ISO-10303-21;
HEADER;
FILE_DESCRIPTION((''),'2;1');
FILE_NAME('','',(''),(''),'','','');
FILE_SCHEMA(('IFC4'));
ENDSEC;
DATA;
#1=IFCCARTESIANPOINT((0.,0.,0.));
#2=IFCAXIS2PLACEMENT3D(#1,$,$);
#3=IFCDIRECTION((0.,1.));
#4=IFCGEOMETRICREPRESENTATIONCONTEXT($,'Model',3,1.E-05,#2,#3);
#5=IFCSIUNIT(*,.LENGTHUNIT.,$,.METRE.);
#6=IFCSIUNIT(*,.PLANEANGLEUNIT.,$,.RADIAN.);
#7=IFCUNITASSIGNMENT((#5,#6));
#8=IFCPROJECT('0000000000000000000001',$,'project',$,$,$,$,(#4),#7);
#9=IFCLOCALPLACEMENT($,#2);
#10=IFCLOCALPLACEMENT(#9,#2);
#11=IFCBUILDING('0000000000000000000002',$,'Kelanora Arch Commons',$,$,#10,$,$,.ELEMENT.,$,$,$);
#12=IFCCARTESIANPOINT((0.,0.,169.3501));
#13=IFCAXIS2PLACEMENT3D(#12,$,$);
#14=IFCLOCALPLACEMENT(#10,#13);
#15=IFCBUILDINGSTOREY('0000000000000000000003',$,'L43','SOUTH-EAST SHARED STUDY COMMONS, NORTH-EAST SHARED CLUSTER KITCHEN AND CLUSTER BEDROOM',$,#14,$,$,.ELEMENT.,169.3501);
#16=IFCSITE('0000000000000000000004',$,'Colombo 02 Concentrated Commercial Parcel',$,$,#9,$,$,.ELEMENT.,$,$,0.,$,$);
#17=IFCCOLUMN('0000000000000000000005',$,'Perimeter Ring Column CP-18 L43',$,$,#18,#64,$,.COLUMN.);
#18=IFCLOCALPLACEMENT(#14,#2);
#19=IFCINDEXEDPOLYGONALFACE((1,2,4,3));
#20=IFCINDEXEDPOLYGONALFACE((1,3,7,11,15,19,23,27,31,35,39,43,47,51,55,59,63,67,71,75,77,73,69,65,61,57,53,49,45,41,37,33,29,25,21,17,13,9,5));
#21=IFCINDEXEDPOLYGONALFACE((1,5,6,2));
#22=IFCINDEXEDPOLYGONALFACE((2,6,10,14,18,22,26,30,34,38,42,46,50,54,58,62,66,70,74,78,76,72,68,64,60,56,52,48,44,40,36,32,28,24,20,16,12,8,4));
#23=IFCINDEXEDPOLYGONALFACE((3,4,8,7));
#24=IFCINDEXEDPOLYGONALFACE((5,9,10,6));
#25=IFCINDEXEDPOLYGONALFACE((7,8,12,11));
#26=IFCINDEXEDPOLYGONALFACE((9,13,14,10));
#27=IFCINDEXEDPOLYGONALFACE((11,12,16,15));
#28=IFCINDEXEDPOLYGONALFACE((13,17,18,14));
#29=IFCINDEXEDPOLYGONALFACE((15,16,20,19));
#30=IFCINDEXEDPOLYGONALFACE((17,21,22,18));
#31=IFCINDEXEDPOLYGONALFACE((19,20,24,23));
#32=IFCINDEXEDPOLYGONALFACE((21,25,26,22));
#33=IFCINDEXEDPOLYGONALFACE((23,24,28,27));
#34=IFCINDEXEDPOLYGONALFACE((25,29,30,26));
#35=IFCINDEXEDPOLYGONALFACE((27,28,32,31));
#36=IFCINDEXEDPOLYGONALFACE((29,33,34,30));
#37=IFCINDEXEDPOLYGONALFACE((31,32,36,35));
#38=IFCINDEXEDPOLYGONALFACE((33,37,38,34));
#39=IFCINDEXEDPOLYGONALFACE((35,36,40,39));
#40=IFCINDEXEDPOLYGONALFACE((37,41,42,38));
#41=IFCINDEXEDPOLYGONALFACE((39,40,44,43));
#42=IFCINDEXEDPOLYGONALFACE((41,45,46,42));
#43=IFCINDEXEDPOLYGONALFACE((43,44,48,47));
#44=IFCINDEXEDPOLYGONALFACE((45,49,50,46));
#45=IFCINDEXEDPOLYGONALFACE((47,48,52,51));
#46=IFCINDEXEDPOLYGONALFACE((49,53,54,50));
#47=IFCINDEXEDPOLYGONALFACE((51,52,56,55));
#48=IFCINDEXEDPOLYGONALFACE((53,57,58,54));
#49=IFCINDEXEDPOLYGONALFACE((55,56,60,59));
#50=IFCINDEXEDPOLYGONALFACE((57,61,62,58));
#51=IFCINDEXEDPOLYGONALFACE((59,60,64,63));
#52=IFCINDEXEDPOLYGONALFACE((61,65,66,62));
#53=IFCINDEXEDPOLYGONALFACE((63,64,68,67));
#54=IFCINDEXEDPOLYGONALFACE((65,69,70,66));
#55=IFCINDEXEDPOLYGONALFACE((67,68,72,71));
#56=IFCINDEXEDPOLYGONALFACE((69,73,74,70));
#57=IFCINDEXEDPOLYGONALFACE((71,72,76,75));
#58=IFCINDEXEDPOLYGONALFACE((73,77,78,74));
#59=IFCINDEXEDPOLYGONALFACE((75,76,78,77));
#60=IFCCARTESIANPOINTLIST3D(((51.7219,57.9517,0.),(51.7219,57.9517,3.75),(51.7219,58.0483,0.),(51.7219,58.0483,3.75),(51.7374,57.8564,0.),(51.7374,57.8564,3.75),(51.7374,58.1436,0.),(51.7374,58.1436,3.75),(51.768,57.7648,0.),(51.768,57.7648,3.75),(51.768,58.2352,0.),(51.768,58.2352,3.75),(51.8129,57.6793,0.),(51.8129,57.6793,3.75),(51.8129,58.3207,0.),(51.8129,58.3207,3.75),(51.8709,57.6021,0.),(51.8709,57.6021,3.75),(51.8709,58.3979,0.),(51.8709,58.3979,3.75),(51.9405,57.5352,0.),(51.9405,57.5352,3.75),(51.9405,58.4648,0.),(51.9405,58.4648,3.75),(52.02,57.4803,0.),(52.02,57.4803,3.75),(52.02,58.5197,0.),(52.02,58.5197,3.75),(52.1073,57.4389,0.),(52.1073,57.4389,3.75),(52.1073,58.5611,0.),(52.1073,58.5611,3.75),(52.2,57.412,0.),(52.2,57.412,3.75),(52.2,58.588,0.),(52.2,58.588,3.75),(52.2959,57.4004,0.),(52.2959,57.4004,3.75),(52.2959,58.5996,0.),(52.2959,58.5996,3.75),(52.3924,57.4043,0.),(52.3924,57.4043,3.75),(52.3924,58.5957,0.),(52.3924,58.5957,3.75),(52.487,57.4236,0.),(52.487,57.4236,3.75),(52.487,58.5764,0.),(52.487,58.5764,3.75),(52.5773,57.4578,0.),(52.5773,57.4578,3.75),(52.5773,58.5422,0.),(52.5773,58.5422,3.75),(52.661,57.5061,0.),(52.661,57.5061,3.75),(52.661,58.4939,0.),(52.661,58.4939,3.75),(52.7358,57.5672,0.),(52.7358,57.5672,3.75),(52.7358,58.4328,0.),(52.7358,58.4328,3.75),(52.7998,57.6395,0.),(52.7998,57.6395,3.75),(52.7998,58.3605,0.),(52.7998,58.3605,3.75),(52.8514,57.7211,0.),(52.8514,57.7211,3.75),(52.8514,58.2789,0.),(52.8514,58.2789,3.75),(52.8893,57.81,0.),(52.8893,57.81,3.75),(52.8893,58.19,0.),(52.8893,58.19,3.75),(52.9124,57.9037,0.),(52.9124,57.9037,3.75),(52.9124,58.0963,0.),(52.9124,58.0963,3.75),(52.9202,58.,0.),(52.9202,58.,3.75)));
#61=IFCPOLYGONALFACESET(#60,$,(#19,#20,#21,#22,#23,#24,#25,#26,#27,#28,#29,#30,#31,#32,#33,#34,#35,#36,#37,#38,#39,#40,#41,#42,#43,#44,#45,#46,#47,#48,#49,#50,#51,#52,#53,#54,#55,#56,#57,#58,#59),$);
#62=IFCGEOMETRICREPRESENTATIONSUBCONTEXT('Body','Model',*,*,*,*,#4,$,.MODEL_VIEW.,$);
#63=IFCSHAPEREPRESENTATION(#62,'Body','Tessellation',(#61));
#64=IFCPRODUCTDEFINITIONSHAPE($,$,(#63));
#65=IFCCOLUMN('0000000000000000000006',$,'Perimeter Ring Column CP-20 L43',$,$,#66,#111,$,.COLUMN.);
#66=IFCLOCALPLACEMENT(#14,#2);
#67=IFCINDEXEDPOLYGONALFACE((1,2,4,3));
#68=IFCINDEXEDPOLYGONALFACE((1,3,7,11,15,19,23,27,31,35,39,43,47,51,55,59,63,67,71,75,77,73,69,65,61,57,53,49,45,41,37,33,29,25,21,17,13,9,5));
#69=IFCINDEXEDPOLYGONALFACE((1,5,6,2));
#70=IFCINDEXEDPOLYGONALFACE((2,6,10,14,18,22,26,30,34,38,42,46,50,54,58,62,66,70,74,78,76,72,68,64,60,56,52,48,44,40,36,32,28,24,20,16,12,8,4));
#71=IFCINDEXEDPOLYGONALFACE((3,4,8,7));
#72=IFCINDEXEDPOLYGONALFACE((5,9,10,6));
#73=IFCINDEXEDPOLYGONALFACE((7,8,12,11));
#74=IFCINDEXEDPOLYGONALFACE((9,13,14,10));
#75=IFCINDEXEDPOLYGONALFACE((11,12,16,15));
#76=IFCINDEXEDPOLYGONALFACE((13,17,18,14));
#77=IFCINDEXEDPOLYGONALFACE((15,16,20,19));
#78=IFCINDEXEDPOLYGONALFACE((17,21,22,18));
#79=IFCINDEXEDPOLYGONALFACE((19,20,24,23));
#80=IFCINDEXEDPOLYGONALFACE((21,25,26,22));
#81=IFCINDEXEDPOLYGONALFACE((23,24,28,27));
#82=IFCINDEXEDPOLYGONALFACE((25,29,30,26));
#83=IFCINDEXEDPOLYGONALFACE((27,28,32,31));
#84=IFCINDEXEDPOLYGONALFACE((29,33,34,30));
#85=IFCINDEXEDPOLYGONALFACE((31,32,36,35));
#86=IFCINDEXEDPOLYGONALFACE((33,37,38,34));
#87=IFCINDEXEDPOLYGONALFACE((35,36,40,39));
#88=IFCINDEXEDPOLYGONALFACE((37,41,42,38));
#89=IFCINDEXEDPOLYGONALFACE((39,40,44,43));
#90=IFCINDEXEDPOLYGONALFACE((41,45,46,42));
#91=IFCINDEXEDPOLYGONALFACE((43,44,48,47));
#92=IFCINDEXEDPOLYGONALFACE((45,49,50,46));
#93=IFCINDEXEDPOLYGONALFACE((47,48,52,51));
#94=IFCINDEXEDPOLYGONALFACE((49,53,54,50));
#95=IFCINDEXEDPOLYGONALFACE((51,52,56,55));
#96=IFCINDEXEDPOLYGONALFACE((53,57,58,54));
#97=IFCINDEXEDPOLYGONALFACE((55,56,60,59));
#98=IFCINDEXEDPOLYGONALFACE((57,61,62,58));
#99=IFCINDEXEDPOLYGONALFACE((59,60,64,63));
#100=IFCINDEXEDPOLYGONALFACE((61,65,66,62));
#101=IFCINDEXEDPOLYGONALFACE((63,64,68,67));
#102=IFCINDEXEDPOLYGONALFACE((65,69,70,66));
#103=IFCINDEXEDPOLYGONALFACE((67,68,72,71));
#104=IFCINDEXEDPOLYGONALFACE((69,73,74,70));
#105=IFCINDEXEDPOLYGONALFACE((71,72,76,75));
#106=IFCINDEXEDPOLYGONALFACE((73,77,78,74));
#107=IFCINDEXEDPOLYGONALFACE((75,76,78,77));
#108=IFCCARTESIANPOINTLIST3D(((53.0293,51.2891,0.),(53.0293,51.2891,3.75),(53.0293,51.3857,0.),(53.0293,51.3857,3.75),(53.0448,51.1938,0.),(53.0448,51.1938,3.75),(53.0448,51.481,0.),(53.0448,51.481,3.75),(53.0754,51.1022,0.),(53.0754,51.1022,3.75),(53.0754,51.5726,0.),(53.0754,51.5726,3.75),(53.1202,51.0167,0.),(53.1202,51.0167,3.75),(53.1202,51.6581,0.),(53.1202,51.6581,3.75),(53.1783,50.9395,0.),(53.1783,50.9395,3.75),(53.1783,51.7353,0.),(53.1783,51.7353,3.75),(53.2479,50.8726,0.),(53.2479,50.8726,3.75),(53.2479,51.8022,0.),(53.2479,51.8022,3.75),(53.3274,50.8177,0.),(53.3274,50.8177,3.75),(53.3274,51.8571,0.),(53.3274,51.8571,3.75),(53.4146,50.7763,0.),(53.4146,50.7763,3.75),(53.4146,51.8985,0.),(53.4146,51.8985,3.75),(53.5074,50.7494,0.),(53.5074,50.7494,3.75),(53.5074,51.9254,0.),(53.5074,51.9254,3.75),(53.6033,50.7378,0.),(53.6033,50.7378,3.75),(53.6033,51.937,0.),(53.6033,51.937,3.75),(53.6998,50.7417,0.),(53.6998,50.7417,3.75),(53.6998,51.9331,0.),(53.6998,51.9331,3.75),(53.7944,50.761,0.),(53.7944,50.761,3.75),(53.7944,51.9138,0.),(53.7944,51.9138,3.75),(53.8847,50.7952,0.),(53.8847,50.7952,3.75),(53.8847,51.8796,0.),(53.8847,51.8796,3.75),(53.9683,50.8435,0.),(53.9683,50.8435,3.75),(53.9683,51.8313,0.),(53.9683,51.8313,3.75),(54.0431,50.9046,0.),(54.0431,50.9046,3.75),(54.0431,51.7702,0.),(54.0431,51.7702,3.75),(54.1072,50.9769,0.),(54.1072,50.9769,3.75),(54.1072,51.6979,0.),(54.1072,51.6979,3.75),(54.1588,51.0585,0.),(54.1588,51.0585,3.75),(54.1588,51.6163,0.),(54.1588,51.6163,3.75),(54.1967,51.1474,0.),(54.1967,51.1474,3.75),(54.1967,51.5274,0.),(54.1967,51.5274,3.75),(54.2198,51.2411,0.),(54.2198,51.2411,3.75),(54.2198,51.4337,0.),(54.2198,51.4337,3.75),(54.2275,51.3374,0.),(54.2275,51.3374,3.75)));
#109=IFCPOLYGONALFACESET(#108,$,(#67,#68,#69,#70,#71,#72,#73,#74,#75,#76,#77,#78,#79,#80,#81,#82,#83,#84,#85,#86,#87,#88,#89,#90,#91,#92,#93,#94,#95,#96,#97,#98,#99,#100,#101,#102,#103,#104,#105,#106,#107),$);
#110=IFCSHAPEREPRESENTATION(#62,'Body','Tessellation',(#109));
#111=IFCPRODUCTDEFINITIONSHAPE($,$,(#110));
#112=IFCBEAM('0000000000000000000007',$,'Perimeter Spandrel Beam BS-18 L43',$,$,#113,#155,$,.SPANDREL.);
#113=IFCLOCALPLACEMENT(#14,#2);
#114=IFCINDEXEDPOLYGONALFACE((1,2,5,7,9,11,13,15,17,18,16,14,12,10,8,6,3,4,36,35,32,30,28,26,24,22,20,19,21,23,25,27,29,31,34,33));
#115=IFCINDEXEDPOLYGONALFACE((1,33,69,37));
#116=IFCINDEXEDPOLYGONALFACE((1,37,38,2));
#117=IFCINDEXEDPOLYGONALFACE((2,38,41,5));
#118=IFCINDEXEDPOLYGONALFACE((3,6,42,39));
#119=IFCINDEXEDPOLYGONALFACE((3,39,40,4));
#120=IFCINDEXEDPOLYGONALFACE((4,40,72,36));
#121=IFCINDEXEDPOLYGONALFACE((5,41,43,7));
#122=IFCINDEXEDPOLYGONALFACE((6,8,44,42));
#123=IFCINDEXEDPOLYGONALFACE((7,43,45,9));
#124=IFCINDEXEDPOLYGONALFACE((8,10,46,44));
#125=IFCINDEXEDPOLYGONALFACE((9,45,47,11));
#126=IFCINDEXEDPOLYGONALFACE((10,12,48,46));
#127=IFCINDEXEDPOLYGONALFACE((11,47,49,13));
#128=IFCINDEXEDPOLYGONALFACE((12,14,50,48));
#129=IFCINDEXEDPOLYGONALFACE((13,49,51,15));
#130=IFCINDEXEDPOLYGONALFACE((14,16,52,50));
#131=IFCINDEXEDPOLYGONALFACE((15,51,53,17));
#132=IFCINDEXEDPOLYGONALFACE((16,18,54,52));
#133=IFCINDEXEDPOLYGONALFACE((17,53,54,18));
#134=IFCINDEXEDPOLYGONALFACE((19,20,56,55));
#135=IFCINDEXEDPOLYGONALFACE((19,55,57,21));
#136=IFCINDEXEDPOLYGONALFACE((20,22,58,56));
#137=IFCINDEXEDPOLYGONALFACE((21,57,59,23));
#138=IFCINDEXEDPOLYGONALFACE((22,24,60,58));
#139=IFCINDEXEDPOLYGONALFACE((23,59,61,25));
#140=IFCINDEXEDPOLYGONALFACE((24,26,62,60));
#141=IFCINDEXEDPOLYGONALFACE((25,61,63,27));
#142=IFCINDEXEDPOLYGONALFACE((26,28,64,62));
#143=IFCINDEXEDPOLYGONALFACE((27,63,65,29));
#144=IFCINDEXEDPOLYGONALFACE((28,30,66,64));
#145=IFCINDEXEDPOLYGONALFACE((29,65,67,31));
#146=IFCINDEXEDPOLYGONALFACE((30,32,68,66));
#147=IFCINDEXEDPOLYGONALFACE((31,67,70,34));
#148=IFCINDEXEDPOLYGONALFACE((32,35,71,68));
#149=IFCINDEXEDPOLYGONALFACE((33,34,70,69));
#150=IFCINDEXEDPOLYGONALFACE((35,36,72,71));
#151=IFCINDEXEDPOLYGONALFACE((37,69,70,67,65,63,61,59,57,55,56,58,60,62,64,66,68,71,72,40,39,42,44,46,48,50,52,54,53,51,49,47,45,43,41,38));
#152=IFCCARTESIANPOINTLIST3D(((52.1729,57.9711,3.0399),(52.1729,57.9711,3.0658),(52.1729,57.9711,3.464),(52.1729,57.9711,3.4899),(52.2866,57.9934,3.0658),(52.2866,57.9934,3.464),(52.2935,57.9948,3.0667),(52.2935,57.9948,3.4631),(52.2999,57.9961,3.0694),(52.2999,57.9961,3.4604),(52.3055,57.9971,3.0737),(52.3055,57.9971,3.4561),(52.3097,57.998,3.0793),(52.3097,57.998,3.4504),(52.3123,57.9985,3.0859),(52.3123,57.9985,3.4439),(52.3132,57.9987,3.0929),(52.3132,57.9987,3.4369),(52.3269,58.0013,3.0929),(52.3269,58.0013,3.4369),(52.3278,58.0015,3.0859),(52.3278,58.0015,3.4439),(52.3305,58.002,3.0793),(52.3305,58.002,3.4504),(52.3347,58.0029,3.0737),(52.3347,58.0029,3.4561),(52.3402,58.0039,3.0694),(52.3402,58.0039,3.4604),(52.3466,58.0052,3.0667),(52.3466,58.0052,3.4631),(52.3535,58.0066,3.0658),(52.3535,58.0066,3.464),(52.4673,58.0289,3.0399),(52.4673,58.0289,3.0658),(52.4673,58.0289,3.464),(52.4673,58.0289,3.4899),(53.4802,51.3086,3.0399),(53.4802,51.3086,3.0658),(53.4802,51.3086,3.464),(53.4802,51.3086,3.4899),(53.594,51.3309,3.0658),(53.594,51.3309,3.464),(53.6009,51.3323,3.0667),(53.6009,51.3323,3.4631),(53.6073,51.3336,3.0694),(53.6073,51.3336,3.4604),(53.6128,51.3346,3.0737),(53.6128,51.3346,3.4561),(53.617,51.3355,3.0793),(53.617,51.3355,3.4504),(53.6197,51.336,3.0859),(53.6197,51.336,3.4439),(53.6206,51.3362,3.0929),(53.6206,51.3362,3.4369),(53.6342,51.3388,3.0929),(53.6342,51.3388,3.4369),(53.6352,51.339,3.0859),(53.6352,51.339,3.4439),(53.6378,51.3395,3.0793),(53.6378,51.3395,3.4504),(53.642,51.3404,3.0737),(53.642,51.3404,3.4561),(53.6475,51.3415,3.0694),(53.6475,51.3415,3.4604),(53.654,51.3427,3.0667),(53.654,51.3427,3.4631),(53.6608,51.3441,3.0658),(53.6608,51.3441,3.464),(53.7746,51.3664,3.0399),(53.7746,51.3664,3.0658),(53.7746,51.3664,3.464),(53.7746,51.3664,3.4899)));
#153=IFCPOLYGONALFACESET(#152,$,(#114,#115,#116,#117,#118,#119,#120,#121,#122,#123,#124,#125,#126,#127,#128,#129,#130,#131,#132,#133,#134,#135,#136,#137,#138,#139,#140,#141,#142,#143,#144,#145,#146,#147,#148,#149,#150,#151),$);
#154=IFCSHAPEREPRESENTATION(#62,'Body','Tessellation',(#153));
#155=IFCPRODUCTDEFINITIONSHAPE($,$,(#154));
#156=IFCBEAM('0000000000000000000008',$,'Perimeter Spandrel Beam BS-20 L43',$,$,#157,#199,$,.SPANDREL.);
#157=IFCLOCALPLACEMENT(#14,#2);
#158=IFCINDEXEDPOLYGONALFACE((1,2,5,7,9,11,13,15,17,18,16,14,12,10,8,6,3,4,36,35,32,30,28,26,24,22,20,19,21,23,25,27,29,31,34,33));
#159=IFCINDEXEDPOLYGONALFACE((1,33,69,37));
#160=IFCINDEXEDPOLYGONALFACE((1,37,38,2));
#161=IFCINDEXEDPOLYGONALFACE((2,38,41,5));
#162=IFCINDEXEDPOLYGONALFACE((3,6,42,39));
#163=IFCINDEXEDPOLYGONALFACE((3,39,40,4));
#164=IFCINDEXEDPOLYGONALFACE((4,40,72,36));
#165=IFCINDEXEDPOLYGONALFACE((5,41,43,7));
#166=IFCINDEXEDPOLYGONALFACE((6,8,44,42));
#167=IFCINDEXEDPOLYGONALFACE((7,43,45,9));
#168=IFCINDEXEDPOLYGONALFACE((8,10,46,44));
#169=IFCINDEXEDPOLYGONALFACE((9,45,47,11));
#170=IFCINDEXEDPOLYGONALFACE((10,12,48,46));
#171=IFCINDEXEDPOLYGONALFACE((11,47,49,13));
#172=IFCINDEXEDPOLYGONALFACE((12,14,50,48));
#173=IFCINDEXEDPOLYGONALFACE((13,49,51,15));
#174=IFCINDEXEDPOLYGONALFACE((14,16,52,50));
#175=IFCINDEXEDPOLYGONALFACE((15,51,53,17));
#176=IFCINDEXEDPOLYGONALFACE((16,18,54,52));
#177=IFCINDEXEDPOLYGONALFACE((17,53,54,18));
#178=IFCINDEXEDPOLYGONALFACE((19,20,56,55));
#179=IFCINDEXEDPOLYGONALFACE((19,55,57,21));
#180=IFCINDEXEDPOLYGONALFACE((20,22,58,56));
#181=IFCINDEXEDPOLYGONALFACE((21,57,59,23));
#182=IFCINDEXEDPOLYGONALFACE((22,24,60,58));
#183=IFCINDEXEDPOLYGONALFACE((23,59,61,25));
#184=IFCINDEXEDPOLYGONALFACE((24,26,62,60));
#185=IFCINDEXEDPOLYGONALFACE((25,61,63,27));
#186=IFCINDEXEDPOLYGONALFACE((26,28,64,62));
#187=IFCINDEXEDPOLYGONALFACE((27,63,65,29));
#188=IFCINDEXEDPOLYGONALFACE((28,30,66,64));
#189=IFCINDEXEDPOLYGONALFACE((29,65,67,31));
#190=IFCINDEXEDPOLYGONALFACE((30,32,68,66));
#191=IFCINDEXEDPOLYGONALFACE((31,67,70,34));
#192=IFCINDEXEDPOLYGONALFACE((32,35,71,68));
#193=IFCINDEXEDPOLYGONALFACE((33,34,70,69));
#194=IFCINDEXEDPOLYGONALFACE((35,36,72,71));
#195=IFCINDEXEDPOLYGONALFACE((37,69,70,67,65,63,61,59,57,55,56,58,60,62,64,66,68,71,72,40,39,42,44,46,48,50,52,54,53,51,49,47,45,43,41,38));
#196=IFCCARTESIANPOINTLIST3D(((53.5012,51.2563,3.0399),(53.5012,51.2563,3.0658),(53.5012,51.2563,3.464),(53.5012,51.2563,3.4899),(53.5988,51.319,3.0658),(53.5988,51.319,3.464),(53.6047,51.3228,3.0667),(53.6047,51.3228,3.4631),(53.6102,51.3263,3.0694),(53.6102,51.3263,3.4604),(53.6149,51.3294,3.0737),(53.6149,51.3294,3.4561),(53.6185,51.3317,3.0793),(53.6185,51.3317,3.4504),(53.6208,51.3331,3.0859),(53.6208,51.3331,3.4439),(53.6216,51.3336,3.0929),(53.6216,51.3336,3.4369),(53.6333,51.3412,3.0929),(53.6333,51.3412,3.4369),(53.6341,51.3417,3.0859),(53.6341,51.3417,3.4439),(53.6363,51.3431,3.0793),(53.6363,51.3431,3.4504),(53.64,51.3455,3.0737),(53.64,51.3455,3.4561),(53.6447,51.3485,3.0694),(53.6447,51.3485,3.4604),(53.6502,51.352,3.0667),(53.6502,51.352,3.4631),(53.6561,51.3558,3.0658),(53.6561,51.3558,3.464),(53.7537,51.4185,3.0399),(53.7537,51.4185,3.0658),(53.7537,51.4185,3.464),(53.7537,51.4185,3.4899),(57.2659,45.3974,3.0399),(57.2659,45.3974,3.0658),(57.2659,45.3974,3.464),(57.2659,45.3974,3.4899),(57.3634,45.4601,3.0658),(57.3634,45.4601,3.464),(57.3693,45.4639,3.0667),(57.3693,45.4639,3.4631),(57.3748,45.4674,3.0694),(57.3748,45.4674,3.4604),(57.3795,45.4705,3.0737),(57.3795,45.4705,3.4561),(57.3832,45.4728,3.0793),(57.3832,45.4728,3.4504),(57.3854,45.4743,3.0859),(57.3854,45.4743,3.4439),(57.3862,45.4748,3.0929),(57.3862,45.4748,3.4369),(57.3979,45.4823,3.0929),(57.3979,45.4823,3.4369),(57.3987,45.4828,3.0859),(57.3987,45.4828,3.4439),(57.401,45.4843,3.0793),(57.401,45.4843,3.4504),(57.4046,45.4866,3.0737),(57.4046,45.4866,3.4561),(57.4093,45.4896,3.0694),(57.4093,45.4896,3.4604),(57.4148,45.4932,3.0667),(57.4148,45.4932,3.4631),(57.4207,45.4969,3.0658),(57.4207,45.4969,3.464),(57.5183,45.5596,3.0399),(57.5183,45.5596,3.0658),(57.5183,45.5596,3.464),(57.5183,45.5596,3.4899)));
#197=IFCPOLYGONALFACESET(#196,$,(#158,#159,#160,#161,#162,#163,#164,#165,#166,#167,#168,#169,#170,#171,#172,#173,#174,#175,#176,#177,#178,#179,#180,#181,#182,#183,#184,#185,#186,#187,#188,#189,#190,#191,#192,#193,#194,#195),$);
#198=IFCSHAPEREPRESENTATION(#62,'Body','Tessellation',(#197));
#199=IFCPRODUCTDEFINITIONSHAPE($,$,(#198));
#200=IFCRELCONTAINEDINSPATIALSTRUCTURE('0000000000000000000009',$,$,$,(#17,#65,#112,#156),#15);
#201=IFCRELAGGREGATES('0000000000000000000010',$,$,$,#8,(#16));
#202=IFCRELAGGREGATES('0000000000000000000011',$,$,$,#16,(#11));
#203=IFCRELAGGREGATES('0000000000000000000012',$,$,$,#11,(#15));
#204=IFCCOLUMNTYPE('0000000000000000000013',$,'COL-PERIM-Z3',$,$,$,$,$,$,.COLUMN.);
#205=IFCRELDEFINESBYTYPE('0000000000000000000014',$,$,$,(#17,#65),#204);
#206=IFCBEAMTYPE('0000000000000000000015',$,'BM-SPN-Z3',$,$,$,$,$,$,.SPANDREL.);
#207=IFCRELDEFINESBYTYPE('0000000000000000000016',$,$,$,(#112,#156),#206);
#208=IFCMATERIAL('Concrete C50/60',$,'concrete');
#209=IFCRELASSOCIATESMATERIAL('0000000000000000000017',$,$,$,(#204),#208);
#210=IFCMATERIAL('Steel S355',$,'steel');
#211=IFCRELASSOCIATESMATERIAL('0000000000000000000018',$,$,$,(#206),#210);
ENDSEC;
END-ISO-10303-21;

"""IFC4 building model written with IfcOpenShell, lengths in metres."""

from ifc_helpers import new_model, si_unit, direction, frame, origin, origin_2d, place, context, subcontext, project, spatial, circle, i_section, extrude, material, material_profile, profile_set, type_object, element, save


model = new_model("IFC4")

# Units and contexts
model_context = context("Model", 3, precision=1e-05, world=origin(), true_north=direction((0.0, 1.0)))
body_context = subcontext(model_context, "Body", "Model", "MODEL_VIEW")
ifc_project = project(units=[si_unit("LENGTHUNIT", "METRE"), si_unit("PLANEANGLEUNIT", "RADIAN")], contexts=[model_context])

# Site, building, storey
site_placement = place(None, origin())
site = spatial("IfcSite", under=ifc_project, at=site_placement, Name="Colombo 02 Concentrated Commercial Parcel", CompositionType="ELEMENT", RefElevation=0.0)
building_placement = place(site_placement, origin())
building = spatial("IfcBuilding", under=site, at=building_placement, Name="Kelanora Arch Commons", CompositionType="ELEMENT")
storey_placement = place(building_placement, frame((0.0, 0.0, 169.3501)))
storey = spatial("IfcBuildingStorey", under=building, at=storey_placement, Name="L43", Description="SOUTH-EAST SHARED STUDY COMMONS, NORTH-EAST SHARED CLUSTER KITCHEN AND CLUSTER BEDROOM", CompositionType="ELEMENT", Elevation=169.3501)

# Columns
ifc_material_1 = material(Name="Concrete C50/60", Category="concrete")
ifc_material_profile_1 = material_profile(ifc_material_1, circle(Radius=0.6001, at=origin_2d()), Name="RCC1200")
ifc_profile_set_1 = profile_set([ifc_material_profile_1], Name="Concrete C50/60")
column_type = type_object("IfcColumnType", Name="COL-PERIM-Z3", PredefinedType="COLUMN", material=ifc_profile_set_1)
for number, where, z_axis, x_axis, name in (
    (1, (52.3201, 58.0, 0.0), (0.0, 0.0, 1.0), (1.0, 0.0, 0.0), "Perimeter Ring Column CP-18 L43"),
    (2, (53.6274, 51.3374, 0.0), (0.0, 0.0, 1.0), (1.0, 0.0, 0.0), "Perimeter Ring Column CP-20 L43"),
):
    element("IfcColumn", number, at=place(storey_placement, frame(where, z_axis=z_axis, x_axis=x_axis)), inside=storey, type_object=column_type, Name=name, PredefinedType="COLUMN", context=body_context, shape_type="SweptSolid", body=[
        extrude(circle(Radius=0.6001, at=origin_2d()), origin(), (0.0, 0.0, 1.0), 3.75),
    ])

# Beams
ifc_material_2 = material(Name="Steel S355", Category="steel")
ifc_material_profile_2 = material_profile(ifc_material_2, i_section(OverallWidth=0.3, OverallDepth=0.45, WebThickness=0.0139, FlangeThickness=0.0259, FilletRadius=0.0271, at=origin_2d()), Name="HEB450")
ifc_profile_set_2 = profile_set([ifc_material_profile_2], Name="Steel S355")
beam_type = type_object("IfcBeamType", Name="BM-SPN-Z3", PredefinedType="SPANDREL", material=ifc_profile_set_2)
beam_1_placement = place(storey_placement, frame((52.3201, 58.0, 3.2649), z_axis=(0.192554, -0.981286, 0.0), x_axis=(0.981286, 0.192554, 0.0)))
element("IfcBeam", 3, at=beam_1_placement, inside=storey, type_object=beam_type, Name="Perimeter Spandrel Beam BS-18 L43", PredefinedType="SPANDREL", context=body_context, shape_type="SweptSolid", body=[
    extrude(i_section(OverallWidth=0.3, OverallDepth=0.45, WebThickness=0.0139, FlangeThickness=0.0259, FilletRadius=0.0271, at=origin_2d()), origin(), (0.0, 0.0, 1.0), 6.7896),
])
beam_2_placement = place(storey_placement, frame((53.6274, 51.3374, 3.2649), z_axis=(0.540577, -0.841295, 0.0), x_axis=(0.841295, 0.540577, 0.0)))
element("IfcBeam", 4, at=beam_2_placement, inside=storey, type_object=beam_type, Name="Perimeter Spandrel Beam BS-20 L43", PredefinedType="SPANDREL", context=body_context, shape_type="SweptSolid", body=[
    extrude(i_section(OverallWidth=0.3, OverallDepth=0.45, WebThickness=0.0139, FlangeThickness=0.0259, FilletRadius=0.0271, at=origin_2d()), origin(), (0.0, 0.0, 1.0), 6.9641),
])

save(model, "model.ifc")
